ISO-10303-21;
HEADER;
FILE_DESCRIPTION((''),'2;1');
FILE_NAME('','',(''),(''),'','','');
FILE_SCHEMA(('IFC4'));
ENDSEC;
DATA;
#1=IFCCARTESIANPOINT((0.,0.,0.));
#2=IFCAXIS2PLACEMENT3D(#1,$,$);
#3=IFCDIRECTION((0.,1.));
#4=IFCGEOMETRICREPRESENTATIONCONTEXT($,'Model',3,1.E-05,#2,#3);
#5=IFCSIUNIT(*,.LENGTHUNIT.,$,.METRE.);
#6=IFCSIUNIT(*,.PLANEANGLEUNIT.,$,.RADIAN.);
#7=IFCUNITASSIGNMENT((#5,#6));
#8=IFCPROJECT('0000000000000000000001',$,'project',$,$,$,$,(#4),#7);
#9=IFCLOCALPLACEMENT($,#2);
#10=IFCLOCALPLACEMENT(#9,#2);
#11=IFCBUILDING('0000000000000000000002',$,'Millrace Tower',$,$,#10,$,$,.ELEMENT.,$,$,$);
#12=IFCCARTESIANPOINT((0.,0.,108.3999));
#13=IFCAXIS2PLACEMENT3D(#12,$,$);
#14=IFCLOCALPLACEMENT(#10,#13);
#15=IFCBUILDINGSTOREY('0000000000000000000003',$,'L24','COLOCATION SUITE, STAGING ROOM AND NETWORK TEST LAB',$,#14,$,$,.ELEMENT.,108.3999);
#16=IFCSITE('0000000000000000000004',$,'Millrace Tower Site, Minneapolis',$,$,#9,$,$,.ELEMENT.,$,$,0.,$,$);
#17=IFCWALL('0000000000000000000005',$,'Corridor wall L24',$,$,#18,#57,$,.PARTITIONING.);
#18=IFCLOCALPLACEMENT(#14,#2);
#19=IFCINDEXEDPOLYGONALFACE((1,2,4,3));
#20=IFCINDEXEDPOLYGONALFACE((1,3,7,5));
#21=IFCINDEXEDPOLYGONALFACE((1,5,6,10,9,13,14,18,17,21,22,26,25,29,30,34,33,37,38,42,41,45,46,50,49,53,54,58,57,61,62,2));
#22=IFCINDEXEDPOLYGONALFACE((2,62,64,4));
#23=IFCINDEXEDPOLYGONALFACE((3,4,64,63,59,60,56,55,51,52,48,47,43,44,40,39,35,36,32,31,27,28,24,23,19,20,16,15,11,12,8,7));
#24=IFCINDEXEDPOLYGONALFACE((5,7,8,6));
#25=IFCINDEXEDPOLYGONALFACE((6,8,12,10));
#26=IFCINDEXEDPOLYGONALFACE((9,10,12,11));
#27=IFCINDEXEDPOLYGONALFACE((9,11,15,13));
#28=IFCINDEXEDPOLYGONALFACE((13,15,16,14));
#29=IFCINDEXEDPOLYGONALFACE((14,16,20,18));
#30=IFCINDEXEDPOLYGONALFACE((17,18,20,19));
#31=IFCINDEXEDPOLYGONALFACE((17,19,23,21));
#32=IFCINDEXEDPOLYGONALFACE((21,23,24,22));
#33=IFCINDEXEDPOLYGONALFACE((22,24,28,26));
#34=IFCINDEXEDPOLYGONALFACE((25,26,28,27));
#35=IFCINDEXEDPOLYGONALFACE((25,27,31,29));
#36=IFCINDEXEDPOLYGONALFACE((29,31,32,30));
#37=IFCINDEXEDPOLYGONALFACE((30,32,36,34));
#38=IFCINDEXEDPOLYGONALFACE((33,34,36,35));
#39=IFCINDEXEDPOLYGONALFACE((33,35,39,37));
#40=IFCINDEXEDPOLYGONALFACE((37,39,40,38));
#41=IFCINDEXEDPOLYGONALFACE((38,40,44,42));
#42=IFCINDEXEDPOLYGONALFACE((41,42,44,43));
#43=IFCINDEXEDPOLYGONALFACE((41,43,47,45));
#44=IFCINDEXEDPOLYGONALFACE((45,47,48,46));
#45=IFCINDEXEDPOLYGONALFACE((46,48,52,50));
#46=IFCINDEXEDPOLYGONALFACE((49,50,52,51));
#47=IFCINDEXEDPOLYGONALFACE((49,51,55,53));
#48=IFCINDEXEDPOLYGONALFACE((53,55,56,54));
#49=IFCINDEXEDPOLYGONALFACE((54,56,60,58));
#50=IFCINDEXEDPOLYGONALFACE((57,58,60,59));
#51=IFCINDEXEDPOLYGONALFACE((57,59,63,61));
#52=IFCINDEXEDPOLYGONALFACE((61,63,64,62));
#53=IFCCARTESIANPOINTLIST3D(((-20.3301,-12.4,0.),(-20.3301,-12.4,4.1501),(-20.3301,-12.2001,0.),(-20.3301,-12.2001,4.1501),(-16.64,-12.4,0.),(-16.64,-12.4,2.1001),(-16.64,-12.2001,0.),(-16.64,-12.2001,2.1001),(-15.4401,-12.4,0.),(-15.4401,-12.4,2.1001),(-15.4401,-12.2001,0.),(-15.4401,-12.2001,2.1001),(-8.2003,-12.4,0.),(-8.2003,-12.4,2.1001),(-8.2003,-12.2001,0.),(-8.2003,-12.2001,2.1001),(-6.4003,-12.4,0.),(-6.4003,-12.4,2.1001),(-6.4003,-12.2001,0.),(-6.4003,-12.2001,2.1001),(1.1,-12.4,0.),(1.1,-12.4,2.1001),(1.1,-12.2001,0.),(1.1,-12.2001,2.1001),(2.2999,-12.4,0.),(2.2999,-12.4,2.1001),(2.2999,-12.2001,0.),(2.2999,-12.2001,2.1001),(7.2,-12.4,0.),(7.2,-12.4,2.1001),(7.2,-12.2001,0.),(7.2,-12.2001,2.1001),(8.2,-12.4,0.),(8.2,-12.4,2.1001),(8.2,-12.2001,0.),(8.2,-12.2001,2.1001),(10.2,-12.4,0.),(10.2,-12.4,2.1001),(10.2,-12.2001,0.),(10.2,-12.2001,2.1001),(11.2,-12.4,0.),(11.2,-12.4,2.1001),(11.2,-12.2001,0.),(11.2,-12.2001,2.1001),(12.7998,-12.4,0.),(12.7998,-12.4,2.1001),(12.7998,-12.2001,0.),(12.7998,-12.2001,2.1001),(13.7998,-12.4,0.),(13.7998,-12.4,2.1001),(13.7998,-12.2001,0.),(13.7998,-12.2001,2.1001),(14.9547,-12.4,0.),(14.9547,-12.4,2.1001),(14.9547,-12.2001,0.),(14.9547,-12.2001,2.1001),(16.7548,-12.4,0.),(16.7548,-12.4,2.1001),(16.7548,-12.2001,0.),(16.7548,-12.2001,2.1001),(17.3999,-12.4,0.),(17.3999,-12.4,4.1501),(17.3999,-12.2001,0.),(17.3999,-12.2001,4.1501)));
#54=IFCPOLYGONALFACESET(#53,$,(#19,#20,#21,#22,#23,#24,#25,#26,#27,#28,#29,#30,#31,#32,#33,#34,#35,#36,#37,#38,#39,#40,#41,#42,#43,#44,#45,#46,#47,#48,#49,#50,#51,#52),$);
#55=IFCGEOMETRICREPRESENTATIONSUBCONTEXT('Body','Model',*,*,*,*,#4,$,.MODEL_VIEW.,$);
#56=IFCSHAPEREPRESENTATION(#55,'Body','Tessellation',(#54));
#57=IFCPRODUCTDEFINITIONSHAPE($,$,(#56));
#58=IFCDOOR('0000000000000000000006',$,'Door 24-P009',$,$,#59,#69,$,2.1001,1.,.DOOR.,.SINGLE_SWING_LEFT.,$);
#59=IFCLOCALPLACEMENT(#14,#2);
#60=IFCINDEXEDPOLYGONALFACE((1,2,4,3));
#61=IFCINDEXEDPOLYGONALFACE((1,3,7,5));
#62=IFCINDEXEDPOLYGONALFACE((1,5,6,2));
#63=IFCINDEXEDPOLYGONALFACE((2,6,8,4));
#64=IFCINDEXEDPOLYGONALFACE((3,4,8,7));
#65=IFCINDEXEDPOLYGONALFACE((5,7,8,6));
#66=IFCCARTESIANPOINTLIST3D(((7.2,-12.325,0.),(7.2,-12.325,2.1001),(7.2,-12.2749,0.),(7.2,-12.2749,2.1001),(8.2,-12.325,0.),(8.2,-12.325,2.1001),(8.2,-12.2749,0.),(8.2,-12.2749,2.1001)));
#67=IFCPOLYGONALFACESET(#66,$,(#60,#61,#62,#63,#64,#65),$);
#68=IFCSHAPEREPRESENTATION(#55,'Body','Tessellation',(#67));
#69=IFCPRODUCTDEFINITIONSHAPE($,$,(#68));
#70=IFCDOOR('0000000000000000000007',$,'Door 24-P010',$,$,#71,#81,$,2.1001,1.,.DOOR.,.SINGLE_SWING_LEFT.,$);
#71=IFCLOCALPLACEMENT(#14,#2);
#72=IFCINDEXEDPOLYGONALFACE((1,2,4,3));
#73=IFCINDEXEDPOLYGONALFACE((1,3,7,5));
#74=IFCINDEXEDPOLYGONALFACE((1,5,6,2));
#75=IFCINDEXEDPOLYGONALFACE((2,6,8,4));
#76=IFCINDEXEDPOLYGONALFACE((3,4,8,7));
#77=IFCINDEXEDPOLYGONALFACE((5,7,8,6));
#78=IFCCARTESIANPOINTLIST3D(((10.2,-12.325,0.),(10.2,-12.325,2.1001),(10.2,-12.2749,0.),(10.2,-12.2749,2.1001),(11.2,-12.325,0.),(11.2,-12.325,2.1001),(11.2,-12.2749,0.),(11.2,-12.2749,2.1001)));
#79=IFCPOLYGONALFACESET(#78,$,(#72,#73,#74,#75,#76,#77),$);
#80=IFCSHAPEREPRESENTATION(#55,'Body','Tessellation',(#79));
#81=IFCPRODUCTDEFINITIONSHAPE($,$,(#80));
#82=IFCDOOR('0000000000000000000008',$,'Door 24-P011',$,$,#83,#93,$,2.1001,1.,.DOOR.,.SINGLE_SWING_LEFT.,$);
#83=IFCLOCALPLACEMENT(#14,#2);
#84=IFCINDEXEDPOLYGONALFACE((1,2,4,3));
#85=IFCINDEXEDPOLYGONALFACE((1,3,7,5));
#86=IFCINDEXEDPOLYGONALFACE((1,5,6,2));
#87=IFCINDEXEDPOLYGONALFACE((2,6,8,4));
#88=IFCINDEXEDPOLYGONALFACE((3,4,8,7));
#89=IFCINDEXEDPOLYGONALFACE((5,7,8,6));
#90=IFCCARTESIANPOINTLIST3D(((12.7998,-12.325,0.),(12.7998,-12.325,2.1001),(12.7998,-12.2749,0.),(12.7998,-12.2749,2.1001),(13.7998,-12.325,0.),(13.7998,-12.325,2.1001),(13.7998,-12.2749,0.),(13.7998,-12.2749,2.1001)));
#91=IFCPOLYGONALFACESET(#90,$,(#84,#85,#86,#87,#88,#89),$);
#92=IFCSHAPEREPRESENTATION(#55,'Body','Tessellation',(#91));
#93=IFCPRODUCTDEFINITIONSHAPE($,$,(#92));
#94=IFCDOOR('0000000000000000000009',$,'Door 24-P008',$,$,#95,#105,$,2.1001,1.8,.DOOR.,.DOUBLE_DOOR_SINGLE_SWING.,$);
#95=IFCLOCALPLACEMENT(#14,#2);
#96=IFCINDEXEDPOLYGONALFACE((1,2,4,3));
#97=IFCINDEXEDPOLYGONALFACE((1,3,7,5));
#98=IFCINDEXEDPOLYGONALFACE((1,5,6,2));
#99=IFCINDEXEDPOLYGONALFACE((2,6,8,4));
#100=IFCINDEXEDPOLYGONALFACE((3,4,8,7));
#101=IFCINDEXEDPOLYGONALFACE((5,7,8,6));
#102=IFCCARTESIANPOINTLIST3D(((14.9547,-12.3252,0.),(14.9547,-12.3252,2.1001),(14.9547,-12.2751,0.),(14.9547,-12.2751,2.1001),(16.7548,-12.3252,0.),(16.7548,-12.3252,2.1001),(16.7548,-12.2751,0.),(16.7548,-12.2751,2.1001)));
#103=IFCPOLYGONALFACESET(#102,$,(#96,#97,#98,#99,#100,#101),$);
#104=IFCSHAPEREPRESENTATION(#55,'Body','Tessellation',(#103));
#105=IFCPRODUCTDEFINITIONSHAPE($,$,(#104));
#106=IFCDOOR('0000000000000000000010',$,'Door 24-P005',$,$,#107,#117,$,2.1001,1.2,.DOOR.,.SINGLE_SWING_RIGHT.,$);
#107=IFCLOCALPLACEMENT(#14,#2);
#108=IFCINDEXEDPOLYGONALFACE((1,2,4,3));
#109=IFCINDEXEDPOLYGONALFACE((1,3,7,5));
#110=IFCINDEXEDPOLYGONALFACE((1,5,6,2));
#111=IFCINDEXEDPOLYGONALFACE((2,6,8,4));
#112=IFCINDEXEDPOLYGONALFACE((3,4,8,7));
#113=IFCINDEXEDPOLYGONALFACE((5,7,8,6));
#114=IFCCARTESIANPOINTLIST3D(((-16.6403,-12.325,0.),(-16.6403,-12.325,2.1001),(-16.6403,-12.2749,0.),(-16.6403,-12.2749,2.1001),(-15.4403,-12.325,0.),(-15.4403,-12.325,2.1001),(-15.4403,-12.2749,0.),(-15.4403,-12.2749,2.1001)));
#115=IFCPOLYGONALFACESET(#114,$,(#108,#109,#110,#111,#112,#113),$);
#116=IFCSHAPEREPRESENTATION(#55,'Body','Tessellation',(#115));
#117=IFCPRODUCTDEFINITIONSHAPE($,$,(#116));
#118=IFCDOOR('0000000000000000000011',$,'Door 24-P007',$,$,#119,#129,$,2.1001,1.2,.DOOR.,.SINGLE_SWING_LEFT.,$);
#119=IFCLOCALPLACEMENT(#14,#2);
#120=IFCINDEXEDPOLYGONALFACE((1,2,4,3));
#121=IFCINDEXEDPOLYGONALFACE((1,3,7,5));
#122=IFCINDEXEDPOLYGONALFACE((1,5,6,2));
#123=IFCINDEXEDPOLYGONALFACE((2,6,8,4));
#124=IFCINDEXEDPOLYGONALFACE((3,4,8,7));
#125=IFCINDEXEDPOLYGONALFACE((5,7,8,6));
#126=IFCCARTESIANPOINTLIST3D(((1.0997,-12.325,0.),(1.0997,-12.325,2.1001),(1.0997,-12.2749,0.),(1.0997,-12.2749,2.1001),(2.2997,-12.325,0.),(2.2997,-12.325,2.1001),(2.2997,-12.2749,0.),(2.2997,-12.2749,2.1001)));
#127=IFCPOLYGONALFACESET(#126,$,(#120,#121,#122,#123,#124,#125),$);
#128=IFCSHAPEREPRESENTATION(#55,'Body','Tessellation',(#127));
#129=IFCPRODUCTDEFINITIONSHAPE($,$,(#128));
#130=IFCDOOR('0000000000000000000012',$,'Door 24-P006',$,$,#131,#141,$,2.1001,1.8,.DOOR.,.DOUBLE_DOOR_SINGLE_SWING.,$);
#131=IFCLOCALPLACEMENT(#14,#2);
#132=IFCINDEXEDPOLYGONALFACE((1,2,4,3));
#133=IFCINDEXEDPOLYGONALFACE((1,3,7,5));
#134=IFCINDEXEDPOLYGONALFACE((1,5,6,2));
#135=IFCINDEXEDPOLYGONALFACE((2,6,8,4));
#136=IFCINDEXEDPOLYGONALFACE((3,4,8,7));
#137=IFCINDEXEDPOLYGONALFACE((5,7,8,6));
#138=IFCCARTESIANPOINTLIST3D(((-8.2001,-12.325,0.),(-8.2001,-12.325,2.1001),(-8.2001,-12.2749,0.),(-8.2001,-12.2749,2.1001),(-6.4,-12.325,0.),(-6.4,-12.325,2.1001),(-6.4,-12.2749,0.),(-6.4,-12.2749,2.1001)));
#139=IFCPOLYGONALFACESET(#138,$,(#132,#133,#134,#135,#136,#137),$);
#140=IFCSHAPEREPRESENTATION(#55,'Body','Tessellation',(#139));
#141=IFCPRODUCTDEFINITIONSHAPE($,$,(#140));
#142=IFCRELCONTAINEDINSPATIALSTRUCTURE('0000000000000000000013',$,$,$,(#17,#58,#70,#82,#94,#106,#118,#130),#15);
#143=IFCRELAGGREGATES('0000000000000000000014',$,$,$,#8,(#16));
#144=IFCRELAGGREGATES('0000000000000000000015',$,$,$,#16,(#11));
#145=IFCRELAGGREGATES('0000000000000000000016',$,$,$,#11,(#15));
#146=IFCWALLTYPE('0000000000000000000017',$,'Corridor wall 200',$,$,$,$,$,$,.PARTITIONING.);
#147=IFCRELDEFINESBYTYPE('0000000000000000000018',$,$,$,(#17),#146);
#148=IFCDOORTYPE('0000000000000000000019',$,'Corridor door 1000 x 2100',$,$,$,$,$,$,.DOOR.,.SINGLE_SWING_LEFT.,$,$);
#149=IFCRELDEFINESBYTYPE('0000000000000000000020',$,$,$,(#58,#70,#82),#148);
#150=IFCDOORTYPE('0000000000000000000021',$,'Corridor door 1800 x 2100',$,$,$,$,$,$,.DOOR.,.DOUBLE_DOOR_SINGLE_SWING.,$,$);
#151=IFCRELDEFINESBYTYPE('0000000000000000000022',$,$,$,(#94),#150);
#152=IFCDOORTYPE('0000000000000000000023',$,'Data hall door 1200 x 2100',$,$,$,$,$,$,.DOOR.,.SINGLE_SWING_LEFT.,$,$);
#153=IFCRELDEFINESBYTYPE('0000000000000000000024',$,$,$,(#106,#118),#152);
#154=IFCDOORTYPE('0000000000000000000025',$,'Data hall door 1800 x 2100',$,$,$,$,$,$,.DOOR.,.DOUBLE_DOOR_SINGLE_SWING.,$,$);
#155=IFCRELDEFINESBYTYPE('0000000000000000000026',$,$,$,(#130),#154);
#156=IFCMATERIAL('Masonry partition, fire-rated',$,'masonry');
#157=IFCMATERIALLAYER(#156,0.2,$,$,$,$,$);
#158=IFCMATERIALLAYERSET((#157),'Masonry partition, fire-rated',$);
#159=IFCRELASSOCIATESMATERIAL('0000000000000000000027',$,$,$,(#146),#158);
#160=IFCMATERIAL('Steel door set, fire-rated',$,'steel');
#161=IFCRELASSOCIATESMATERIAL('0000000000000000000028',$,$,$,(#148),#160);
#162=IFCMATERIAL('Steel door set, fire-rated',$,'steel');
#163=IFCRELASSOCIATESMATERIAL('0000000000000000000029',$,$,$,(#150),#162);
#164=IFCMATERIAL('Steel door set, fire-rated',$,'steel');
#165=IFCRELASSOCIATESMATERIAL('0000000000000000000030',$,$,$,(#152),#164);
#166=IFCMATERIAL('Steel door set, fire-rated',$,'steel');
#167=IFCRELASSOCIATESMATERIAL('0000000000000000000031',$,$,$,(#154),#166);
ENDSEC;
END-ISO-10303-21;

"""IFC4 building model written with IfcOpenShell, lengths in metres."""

from ifc_helpers import new_model, si_unit, direction, frame, frame_2d, origin, place, context, subcontext, project, spatial, rectangle, extrude, material, layer, layer_set, type_object, element, fill, save


model = new_model("IFC4")

# Units and contexts
model_context = context("Model", 3, precision=1e-05, world=origin(), true_north=direction((0.0, 1.0)))
body_context = subcontext(model_context, "Body", "Model", "MODEL_VIEW")
ifc_project = project(units=[si_unit("LENGTHUNIT", "METRE"), si_unit("PLANEANGLEUNIT", "RADIAN")], contexts=[model_context])

# Site, building, storey
site_placement = place(None, origin())
site = spatial("IfcSite", under=ifc_project, at=site_placement, Name="Millrace Tower Site, Minneapolis", CompositionType="ELEMENT", RefElevation=0.0)
building_placement = place(site_placement, origin())
building = spatial("IfcBuilding", under=site, at=building_placement, Name="Millrace Tower", CompositionType="ELEMENT")
storey_placement = place(building_placement, frame((0.0, 0.0, 108.3999)))
storey = spatial("IfcBuildingStorey", under=building, at=storey_placement, Name="L24", Description="COLOCATION SUITE, STAGING ROOM AND NETWORK TEST LAB", CompositionType="ELEMENT", Elevation=108.3999)

# Wall, openings, doors
ifc_material_1 = material(Name="Masonry partition, fire-rated", Category="masonry")
ifc_layer_1 = layer(ifc_material_1, 0.2)
ifc_layer_set_1 = layer_set([ifc_layer_1], Name="Masonry partition, fire-rated")
wall_type = type_object("IfcWallType", Name="Corridor wall 200", PredefinedType="PARTITIONING", material=ifc_layer_set_1)
wall_placement = place(storey_placement, frame((-20.3301, -12.3, 0.0), z_axis=(0.0, 0.0, 1.0), x_axis=(1.0, 0.0, 0.0)))
wall = element("IfcWall", 1, at=wall_placement, inside=storey, type_object=wall_type, Name="Corridor wall L24", PredefinedType="PARTITIONING", context=body_context, shape_type="SweptSolid", body=[
    extrude(rectangle(XDim=37.73, YDim=0.2, at=frame_2d((18.865, 0.0))), origin(), (0.0, 0.0, 1.0), 4.1501),
])
opening_1_placement = place(wall_placement, frame((3.6899, 0.0, 0.0)))
opening_1 = element("IfcOpeningElement", 2, at=opening_1_placement, cuts=wall, PredefinedType="OPENING", context=body_context, shape_type="SweptSolid", body=[
    extrude(rectangle(XDim=1.2, YDim=2.1001, at=frame_2d((0.6001, 1.05))), frame((0.0, 0.1099, 0.0), z_axis=(0.0, -1.0, 0.0), x_axis=(1.0, 0.0, 0.0)), (0.0, 0.0, 1.0), 0.22),
])
opening_2_placement = place(wall_placement, frame((12.1299, 0.0, 0.0)))
opening_2 = element("IfcOpeningElement", 3, at=opening_2_placement, cuts=wall, PredefinedType="OPENING", context=body_context, shape_type="SweptSolid", body=[
    extrude(rectangle(XDim=1.8, YDim=2.1001, at=frame_2d((0.8999, 1.05))), frame((0.0, 0.1099, 0.0), z_axis=(0.0, -1.0, 0.0), x_axis=(1.0, 0.0, 0.0)), (0.0, 0.0, 1.0), 0.22),
])
opening_3_placement = place(wall_placement, frame((21.4299, 0.0, 0.0)))
opening_3 = element("IfcOpeningElement", 4, at=opening_3_placement, cuts=wall, PredefinedType="OPENING", context=body_context, shape_type="SweptSolid", body=[
    extrude(rectangle(XDim=1.2, YDim=2.1001, at=frame_2d((0.6001, 1.05))), frame((0.0, 0.1099, 0.0), z_axis=(0.0, -1.0, 0.0), x_axis=(1.0, 0.0, 0.0)), (0.0, 0.0, 1.0), 0.22),
])
opening_4_placement = place(wall_placement, frame((35.2849, 0.0, 0.0)))
opening_4 = element("IfcOpeningElement", 5, at=opening_4_placement, cuts=wall, PredefinedType="OPENING", context=body_context, shape_type="SweptSolid", body=[
    extrude(rectangle(XDim=1.8, YDim=2.1001, at=frame_2d((0.8999, 1.05))), frame((0.0, 0.1099, 0.0), z_axis=(0.0, -1.0, 0.0), x_axis=(1.0, 0.0, 0.0)), (0.0, 0.0, 1.0), 0.22),
])
opening_5_placement = place(wall_placement, frame((27.53, 0.0, 0.0)))
opening_5 = element("IfcOpeningElement", 6, at=opening_5_placement, cuts=wall, PredefinedType="OPENING", context=body_context, shape_type="SweptSolid", body=[
    extrude(rectangle(XDim=1.0, YDim=2.1001, at=frame_2d((0.5, 1.05))), frame((0.0, 0.1099, 0.0), z_axis=(0.0, -1.0, 0.0), x_axis=(1.0, 0.0, 0.0)), (0.0, 0.0, 1.0), 0.22),
])
opening_6_placement = place(wall_placement, frame((30.53, 0.0, 0.0)))
opening_6 = element("IfcOpeningElement", 7, at=opening_6_placement, cuts=wall, PredefinedType="OPENING", context=body_context, shape_type="SweptSolid", body=[
    extrude(rectangle(XDim=1.0, YDim=2.1001, at=frame_2d((0.5, 1.05))), frame((0.0, 0.1099, 0.0), z_axis=(0.0, -1.0, 0.0), x_axis=(1.0, 0.0, 0.0)), (0.0, 0.0, 1.0), 0.22),
])
opening_7_placement = place(wall_placement, frame((33.1299, 0.0, 0.0)))
opening_7 = element("IfcOpeningElement", 8, at=opening_7_placement, cuts=wall, PredefinedType="OPENING", context=body_context, shape_type="SweptSolid", body=[
    extrude(rectangle(XDim=1.0, YDim=2.1001, at=frame_2d((0.5, 1.05))), frame((0.0, 0.1099, 0.0), z_axis=(0.0, -1.0, 0.0), x_axis=(1.0, 0.0, 0.0)), (0.0, 0.0, 1.0), 0.22),
])
ifc_material_2 = material(Name="Steel door set, fire-rated", Category="steel")
door_type_1 = type_object("IfcDoorType", Name="Corridor door 1000 x 2100", OperationType="SINGLE_SWING_LEFT", PredefinedType="DOOR", material=ifc_material_2)
door_1_placement = place(opening_5_placement, frame((1.0, 0.0, 0.0), z_axis=(0.0, 0.0, 1.0), x_axis=(-1.0, 0.0, 0.0)))
door_1 = element("IfcDoor", 9, at=door_1_placement, inside=storey, type_object=door_type_1, Name="Door 24-P009", OperationType="SINGLE_SWING_LEFT", OverallHeight=2.1001, OverallWidth=1.0, PredefinedType="DOOR", context=body_context, shape_type="SweptSolid", body=[
    extrude(rectangle(XDim=1.0, YDim=2.1001, at=frame_2d((0.5, 1.05))), frame((0.0, 0.0249, 0.0), z_axis=(0.0, -1.0, 0.0), x_axis=(1.0, 0.0, 0.0)), (0.0, 0.0, 1.0), 0.05),
])
fill(opening_5, door_1)
door_2_placement = place(opening_6_placement, frame((1.0, 0.0, 0.0), z_axis=(0.0, 0.0, 1.0), x_axis=(-1.0, 0.0, 0.0)))
door_2 = element("IfcDoor", 10, at=door_2_placement, inside=storey, type_object=door_type_1, Name="Door 24-P010", OperationType="SINGLE_SWING_LEFT", OverallHeight=2.1001, OverallWidth=1.0, PredefinedType="DOOR", context=body_context, shape_type="SweptSolid", body=[
    extrude(rectangle(XDim=1.0, YDim=2.1001, at=frame_2d((0.5, 1.05))), frame((0.0, 0.0249, 0.0), z_axis=(0.0, -1.0, 0.0), x_axis=(1.0, 0.0, 0.0)), (0.0, 0.0, 1.0), 0.05),
])
fill(opening_6, door_2)
door_3_placement = place(opening_7_placement, frame((1.0, 0.0, 0.0), z_axis=(0.0, 0.0, 1.0), x_axis=(-1.0, 0.0, 0.0)))
door_3 = element("IfcDoor", 11, at=door_3_placement, inside=storey, type_object=door_type_1, Name="Door 24-P011", OperationType="SINGLE_SWING_LEFT", OverallHeight=2.1001, OverallWidth=1.0, PredefinedType="DOOR", context=body_context, shape_type="SweptSolid", body=[
    extrude(rectangle(XDim=1.0, YDim=2.1001, at=frame_2d((0.5, 1.05))), frame((0.0, 0.0249, 0.0), z_axis=(0.0, -1.0, 0.0), x_axis=(1.0, 0.0, 0.0)), (0.0, 0.0, 1.0), 0.05),
])
fill(opening_7, door_3)
ifc_material_3 = material(Name="Steel door set, fire-rated", Category="steel")
door_type_2 = type_object("IfcDoorType", Name="Corridor door 1800 x 2100", OperationType="DOUBLE_DOOR_SINGLE_SWING", PredefinedType="DOOR", material=ifc_material_3)
door_4_placement = place(opening_4_placement, origin())
door_4 = element("IfcDoor", 12, at=door_4_placement, inside=storey, type_object=door_type_2, Name="Door 24-P008", OperationType="DOUBLE_DOOR_SINGLE_SWING", OverallHeight=2.1001, OverallWidth=1.8, PredefinedType="DOOR", context=body_context, shape_type="SweptSolid", body=[
    extrude(rectangle(XDim=1.8, YDim=2.1001, at=frame_2d((0.8999, 1.05))), frame((0.0, 0.0249, 0.0), z_axis=(0.0, -1.0, 0.0), x_axis=(1.0, 0.0, 0.0)), (0.0, 0.0, 1.0), 0.05),
])
fill(opening_4, door_4)
ifc_material_4 = material(Name="Steel door set, fire-rated", Category="steel")
door_type_3 = type_object("IfcDoorType", Name="Data hall door 1200 x 2100", OperationType="SINGLE_SWING_LEFT", PredefinedType="DOOR", material=ifc_material_4)
door_5_placement = place(opening_1_placement, frame((1.2, 0.0, 0.0), z_axis=(0.0, 0.0, 1.0), x_axis=(-1.0, 0.0, 0.0)))
door_5 = element("IfcDoor", 13, at=door_5_placement, inside=storey, type_object=door_type_3, Name="Door 24-P005", OperationType="SINGLE_SWING_RIGHT", OverallHeight=2.1001, OverallWidth=1.2, PredefinedType="DOOR", context=body_context, shape_type="SweptSolid", body=[
    extrude(rectangle(XDim=1.2, YDim=2.1001, at=frame_2d((0.6001, 1.05))), frame((0.0, 0.0249, 0.0), z_axis=(0.0, -1.0, 0.0), x_axis=(1.0, 0.0, 0.0)), (0.0, 0.0, 1.0), 0.05),
])
fill(opening_1, door_5)
door_6_placement = place(opening_3_placement, frame((1.2, 0.0, 0.0), z_axis=(0.0, 0.0, 1.0), x_axis=(-1.0, 0.0, 0.0)))
door_6 = element("IfcDoor", 14, at=door_6_placement, inside=storey, type_object=door_type_3, Name="Door 24-P007", OperationType="SINGLE_SWING_LEFT", OverallHeight=2.1001, OverallWidth=1.2, PredefinedType="DOOR", context=body_context, shape_type="SweptSolid", body=[
    extrude(rectangle(XDim=1.2, YDim=2.1001, at=frame_2d((0.6001, 1.05))), frame((0.0, 0.0249, 0.0), z_axis=(0.0, -1.0, 0.0), x_axis=(1.0, 0.0, 0.0)), (0.0, 0.0, 1.0), 0.05),
])
fill(opening_3, door_6)
ifc_material_5 = material(Name="Steel door set, fire-rated", Category="steel")
door_type_4 = type_object("IfcDoorType", Name="Data hall door 1800 x 2100", OperationType="DOUBLE_DOOR_SINGLE_SWING", PredefinedType="DOOR", material=ifc_material_5)
door_7_placement = place(opening_2_placement, frame((1.8, 0.0, 0.0), z_axis=(0.0, 0.0, 1.0), x_axis=(-1.0, 0.0, 0.0)))
door_7 = element("IfcDoor", 15, at=door_7_placement, inside=storey, type_object=door_type_4, Name="Door 24-P006", OperationType="DOUBLE_DOOR_SINGLE_SWING", OverallHeight=2.1001, OverallWidth=1.8, PredefinedType="DOOR", context=body_context, shape_type="SweptSolid", body=[
    extrude(rectangle(XDim=1.8, YDim=2.1001, at=frame_2d((0.8999, 1.05))), frame((0.0, 0.0249, 0.0), z_axis=(0.0, -1.0, 0.0), x_axis=(1.0, 0.0, 0.0)), (0.0, 0.0, 1.0), 0.05),
])
fill(opening_2, door_7)

save(model, "model.ifc")
